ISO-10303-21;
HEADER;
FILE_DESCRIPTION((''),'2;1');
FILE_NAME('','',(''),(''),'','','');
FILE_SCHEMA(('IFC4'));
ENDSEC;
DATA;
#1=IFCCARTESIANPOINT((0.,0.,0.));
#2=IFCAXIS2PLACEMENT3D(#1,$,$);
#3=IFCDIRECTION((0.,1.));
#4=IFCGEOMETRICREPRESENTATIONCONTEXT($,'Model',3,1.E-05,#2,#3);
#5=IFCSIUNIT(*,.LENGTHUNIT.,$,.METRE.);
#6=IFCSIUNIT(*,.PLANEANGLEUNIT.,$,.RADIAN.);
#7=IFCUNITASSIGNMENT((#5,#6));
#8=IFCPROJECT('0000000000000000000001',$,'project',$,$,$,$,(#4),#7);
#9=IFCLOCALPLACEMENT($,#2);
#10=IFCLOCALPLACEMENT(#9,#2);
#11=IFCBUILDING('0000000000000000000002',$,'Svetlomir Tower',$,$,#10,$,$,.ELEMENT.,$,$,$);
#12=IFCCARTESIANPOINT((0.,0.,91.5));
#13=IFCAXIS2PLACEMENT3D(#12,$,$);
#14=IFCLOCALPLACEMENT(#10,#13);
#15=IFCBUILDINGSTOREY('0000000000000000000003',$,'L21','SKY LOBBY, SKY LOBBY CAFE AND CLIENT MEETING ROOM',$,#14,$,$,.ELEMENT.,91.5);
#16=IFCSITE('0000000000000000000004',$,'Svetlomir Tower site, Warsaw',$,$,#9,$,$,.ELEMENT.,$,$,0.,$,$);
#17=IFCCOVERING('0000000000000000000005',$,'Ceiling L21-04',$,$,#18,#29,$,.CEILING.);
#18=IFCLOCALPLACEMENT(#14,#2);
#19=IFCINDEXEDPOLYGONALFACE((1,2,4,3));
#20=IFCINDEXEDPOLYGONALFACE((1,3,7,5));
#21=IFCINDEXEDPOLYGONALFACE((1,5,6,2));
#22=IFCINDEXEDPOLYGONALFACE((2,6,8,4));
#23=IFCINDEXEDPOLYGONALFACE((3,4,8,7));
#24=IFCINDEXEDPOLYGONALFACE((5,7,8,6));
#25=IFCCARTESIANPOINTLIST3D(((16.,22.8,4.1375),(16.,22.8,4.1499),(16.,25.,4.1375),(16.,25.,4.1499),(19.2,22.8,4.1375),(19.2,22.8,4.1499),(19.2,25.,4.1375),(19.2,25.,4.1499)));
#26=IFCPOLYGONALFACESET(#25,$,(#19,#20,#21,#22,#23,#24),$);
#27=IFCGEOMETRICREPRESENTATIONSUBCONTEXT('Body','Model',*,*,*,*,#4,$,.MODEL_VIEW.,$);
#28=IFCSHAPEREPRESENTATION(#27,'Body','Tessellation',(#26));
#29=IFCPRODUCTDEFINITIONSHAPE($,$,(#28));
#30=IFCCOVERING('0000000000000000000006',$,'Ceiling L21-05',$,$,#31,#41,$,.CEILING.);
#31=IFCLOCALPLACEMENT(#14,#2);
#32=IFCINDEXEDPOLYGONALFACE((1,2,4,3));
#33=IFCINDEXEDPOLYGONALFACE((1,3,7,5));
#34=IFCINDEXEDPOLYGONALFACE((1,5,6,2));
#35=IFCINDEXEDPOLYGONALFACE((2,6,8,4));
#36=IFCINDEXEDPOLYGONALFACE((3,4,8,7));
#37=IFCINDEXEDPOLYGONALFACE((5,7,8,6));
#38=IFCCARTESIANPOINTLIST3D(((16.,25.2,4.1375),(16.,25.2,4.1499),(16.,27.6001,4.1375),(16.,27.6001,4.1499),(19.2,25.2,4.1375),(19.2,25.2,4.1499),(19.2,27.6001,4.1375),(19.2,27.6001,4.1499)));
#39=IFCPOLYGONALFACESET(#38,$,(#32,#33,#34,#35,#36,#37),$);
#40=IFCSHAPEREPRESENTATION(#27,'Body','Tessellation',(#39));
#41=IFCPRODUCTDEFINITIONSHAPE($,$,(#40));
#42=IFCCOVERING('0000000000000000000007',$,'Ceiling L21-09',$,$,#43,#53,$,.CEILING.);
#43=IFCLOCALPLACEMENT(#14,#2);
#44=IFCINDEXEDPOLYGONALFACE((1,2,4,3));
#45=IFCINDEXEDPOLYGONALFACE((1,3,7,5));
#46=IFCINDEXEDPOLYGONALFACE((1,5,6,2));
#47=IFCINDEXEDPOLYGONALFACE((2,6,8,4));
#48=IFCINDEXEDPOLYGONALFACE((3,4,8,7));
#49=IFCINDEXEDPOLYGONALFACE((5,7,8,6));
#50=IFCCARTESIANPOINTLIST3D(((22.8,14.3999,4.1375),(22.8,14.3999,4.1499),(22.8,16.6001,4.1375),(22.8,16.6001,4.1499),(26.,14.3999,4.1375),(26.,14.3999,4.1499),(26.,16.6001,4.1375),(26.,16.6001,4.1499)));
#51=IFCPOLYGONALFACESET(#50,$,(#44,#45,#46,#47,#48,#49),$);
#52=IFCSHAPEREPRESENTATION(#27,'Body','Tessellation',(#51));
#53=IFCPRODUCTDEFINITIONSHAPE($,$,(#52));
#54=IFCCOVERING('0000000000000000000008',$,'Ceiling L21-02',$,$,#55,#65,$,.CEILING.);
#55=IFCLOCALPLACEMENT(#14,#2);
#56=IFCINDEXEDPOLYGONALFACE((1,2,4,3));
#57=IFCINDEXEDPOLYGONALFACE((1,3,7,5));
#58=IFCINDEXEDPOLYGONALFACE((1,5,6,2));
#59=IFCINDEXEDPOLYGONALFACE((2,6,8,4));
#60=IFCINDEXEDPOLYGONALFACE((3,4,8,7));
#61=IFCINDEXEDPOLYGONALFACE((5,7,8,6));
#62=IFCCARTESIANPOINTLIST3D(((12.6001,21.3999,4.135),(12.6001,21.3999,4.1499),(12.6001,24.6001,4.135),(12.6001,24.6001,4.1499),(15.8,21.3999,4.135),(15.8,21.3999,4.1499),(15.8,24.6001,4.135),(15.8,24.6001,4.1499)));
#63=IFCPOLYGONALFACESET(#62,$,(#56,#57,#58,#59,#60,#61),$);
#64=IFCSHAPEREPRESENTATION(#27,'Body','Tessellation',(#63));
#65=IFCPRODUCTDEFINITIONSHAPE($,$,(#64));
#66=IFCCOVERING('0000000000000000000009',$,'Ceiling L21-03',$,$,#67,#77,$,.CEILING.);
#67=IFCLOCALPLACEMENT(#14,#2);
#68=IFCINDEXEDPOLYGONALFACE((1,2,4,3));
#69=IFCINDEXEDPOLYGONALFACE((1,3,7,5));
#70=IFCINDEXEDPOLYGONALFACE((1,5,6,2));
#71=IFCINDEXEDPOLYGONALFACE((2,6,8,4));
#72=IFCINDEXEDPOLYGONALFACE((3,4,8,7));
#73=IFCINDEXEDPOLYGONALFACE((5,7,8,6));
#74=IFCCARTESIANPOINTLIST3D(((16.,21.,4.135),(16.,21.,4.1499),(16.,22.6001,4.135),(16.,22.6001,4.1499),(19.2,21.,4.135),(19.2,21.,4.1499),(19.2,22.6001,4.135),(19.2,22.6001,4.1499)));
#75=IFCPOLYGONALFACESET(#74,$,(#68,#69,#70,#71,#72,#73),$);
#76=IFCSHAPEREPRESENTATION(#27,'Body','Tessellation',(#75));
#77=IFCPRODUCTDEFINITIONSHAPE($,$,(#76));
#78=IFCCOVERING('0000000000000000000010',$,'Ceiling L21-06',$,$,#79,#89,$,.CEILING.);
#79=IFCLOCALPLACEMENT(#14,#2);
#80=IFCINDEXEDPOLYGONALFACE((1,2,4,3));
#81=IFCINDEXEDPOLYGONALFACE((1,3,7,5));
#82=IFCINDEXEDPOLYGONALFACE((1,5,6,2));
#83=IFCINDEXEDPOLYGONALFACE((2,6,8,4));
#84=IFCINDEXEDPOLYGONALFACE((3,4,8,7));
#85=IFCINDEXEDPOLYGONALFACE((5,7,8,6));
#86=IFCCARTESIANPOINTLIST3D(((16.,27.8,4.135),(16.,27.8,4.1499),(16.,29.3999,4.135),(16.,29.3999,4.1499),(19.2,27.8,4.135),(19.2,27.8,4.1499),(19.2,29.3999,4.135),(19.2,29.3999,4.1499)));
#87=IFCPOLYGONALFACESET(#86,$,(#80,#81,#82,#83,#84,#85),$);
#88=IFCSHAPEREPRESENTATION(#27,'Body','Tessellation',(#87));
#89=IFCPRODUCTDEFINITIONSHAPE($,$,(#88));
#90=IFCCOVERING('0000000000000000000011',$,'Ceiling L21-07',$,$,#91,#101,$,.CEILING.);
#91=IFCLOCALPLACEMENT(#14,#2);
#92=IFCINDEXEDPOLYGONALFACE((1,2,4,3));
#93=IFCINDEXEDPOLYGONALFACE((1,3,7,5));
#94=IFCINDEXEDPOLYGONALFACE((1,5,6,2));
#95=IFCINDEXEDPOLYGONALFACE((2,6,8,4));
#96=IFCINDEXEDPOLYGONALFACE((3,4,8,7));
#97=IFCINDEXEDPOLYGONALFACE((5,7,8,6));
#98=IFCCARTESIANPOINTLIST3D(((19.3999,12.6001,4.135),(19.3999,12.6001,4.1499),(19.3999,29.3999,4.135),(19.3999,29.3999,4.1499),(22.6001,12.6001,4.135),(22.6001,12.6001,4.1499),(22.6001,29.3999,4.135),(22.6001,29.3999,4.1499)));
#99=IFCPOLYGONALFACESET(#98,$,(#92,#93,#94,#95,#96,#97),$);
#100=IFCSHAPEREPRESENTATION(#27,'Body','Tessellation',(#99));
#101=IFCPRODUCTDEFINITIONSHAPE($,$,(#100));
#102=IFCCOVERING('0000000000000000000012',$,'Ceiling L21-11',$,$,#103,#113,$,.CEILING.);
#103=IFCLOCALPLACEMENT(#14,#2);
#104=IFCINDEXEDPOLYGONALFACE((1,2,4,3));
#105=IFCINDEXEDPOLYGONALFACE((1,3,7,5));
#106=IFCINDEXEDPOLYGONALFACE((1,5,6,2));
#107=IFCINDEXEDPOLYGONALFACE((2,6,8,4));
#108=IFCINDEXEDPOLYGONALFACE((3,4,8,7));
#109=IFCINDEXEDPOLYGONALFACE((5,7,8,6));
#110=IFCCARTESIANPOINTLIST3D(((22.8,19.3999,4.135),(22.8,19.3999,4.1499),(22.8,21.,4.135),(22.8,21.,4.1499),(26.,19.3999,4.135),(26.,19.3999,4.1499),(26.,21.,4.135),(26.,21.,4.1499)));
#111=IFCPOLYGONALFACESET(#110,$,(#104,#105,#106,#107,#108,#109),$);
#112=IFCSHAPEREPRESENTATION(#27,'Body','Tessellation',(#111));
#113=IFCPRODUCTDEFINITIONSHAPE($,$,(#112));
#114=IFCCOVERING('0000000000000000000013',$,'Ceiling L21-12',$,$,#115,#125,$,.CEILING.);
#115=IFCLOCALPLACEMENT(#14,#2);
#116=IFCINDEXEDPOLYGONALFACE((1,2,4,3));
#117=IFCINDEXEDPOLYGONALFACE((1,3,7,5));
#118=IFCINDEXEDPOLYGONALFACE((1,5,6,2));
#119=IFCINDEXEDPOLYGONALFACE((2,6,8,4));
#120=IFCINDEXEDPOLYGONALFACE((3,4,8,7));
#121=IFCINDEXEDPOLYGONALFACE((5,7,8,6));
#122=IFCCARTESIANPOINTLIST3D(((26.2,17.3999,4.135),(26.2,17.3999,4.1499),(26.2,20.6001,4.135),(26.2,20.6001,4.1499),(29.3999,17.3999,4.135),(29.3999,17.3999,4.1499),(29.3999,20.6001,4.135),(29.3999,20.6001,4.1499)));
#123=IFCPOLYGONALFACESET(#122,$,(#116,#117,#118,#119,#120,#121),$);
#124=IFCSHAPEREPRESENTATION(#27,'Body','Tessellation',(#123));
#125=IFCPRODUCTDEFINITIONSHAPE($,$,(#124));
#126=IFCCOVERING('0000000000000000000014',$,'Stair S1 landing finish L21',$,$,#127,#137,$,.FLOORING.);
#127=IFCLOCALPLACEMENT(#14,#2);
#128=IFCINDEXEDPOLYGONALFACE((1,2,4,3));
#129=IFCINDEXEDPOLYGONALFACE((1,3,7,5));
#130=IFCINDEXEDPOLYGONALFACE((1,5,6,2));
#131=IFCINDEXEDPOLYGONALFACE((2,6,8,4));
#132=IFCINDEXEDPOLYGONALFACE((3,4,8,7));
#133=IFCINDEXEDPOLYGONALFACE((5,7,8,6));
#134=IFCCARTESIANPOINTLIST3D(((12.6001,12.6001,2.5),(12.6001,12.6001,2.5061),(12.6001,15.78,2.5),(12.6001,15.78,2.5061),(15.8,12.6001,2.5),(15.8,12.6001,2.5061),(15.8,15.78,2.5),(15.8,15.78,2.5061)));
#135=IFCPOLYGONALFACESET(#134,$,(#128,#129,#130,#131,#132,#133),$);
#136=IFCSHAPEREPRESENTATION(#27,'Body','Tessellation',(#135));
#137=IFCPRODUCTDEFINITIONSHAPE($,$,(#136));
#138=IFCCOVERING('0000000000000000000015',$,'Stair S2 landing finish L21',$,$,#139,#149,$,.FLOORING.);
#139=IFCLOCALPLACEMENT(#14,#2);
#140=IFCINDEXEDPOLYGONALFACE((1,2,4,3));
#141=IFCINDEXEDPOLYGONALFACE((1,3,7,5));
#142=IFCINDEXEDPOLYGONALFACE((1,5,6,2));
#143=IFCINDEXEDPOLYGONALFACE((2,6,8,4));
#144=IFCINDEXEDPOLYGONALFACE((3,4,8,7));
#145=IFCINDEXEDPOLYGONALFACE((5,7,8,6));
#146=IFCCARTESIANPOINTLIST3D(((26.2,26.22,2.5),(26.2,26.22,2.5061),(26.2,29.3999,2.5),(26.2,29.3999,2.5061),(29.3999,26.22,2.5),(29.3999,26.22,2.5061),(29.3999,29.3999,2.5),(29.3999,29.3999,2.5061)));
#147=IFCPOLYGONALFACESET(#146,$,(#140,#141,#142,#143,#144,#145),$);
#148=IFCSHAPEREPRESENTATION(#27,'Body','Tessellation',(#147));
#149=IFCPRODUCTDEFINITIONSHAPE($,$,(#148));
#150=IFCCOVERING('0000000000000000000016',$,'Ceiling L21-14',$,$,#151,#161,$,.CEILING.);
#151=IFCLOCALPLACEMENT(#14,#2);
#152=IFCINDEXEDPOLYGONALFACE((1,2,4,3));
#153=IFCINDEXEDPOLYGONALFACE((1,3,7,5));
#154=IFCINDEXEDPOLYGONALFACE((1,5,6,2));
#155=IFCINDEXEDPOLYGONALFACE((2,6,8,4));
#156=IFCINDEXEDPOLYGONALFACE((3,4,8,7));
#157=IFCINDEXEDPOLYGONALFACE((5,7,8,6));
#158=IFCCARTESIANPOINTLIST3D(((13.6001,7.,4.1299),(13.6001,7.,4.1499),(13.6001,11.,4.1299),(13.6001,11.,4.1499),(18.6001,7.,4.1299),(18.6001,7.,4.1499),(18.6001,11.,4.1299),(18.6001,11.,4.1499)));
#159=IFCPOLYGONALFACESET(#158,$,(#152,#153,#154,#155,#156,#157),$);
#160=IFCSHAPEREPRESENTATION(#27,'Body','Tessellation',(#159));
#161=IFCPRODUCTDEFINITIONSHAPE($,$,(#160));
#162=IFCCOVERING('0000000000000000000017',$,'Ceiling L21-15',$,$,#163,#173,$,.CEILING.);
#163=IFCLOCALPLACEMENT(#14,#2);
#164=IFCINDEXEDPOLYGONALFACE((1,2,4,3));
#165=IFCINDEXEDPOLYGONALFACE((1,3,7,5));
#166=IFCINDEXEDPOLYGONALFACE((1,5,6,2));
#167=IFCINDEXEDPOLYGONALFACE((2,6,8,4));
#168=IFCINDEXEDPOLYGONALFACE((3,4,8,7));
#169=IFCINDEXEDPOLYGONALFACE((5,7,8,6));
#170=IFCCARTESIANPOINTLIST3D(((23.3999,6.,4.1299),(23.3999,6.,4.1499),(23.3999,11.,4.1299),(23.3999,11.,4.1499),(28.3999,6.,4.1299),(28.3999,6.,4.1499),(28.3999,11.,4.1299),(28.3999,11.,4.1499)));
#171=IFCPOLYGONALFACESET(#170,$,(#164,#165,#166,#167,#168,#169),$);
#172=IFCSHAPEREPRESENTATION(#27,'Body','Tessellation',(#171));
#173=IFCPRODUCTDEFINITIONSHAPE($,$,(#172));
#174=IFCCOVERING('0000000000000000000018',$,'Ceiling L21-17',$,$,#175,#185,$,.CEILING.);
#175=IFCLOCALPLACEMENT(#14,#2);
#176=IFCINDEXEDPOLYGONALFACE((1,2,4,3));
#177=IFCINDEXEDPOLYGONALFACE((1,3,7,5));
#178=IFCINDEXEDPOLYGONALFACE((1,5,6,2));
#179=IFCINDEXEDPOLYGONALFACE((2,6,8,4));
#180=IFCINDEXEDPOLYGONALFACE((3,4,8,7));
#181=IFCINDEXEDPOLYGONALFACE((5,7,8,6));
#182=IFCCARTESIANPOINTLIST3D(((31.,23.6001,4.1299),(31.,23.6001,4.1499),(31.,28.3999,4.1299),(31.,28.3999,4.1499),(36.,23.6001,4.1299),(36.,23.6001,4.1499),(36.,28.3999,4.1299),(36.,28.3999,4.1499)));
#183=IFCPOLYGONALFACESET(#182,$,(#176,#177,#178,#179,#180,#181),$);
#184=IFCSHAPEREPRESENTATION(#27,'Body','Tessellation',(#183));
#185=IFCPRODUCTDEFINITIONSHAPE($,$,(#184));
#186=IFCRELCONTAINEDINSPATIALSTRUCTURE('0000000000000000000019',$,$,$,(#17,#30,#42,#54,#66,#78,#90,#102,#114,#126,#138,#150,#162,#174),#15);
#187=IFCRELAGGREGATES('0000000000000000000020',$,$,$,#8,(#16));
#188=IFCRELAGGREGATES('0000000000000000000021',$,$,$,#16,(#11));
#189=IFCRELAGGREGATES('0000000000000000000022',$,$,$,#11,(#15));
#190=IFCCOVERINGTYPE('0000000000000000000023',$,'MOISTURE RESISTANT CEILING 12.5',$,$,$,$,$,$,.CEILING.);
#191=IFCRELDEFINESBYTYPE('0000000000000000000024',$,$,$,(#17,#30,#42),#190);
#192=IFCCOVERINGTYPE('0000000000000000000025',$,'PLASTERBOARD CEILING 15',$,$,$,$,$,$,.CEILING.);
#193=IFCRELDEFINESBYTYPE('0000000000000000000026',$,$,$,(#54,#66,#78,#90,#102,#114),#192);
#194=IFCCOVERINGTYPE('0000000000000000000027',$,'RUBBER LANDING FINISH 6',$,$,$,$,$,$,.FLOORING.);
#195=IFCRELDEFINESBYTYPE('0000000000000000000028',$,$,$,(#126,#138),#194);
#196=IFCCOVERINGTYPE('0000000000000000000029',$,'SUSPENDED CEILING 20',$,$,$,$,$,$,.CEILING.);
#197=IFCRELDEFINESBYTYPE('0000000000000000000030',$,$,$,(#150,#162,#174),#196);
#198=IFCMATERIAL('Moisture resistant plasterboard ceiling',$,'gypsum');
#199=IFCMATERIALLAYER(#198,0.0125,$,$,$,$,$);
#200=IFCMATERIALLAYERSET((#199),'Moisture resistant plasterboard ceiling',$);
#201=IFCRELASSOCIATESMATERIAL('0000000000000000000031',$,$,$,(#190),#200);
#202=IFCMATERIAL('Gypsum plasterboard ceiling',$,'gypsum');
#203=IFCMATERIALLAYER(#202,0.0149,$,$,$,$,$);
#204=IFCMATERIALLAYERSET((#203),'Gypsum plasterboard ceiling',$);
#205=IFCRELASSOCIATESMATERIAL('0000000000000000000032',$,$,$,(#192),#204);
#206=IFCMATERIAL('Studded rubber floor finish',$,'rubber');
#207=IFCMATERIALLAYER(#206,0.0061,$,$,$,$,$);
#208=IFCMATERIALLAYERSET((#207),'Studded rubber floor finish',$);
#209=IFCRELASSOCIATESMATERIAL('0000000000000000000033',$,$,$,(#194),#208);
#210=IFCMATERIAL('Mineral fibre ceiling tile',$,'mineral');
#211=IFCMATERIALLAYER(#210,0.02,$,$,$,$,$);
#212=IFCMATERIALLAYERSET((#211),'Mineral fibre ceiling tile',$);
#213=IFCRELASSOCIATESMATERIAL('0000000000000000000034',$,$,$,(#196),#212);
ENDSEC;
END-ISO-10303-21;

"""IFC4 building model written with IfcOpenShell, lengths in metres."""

from ifc_helpers import new_model, si_unit, direction, frame, origin, place, context, subcontext, project, spatial, polyline, outline, extrude, material, layer, layer_set, type_object, element, save


model = new_model("IFC4")

# Units and contexts
model_context = context("Model", 3, precision=1e-05, world=origin(), true_north=direction((0.0, 1.0)))
body_context = subcontext(model_context, "Body", "Model", "MODEL_VIEW")
ifc_project = project(units=[si_unit("LENGTHUNIT", "METRE"), si_unit("PLANEANGLEUNIT", "RADIAN")], contexts=[model_context])

# Site, building, storey
site_placement = place(None, origin())
site = spatial("IfcSite", under=ifc_project, at=site_placement, Name="Svetlomir Tower site, Warsaw", CompositionType="ELEMENT", RefElevation=0.0)
building_placement = place(site_placement, origin())
building = spatial("IfcBuilding", under=site, at=building_placement, Name="Svetlomir Tower", CompositionType="ELEMENT")
storey_placement = place(building_placement, frame((0.0, 0.0, 91.5)))
storey = spatial("IfcBuildingStorey", under=building, at=storey_placement, Name="L21", Description="SKY LOBBY, SKY LOBBY CAFE AND CLIENT MEETING ROOM", CompositionType="ELEMENT", Elevation=91.5)

# Coverings
ifc_material_1 = material(Name="Moisture resistant plasterboard ceiling", Category="gypsum")
ifc_layer_1 = layer(ifc_material_1, 0.0125)
ifc_layer_set_1 = layer_set([ifc_layer_1], Name="Moisture resistant plasterboard ceiling")
covering_type_1 = type_object("IfcCoveringType", Name="MOISTURE RESISTANT CEILING 12.5", PredefinedType="CEILING", material=ifc_layer_set_1)
covering_1_placement = place(storey_placement, frame((0.0, 0.0, 4.1375)))
element("IfcCovering", 1, at=covering_1_placement, inside=storey, type_object=covering_type_1, Name="Ceiling L21-04", PredefinedType="CEILING", context=body_context, shape_type="SweptSolid", body=[
    extrude(outline(polyline([(16.0, 22.8), (19.2, 22.8), (19.2, 25.0), (16.0, 25.0), (16.0, 22.8)])), origin(), (0.0, 0.0, 1.0), 0.0125),
])
covering_2_placement = place(storey_placement, frame((0.0, 0.0, 4.1375)))
element("IfcCovering", 2, at=covering_2_placement, inside=storey, type_object=covering_type_1, Name="Ceiling L21-05", PredefinedType="CEILING", context=body_context, shape_type="SweptSolid", body=[
    extrude(outline(polyline([(16.0, 25.2), (19.2, 25.2), (19.2, 27.6001), (16.0, 27.6001), (16.0, 25.2)])), origin(), (0.0, 0.0, 1.0), 0.0125),
])
covering_3_placement = place(storey_placement, frame((0.0, 0.0, 4.1375)))
element("IfcCovering", 3, at=covering_3_placement, inside=storey, type_object=covering_type_1, Name="Ceiling L21-09", PredefinedType="CEILING", context=body_context, shape_type="SweptSolid", body=[
    extrude(outline(polyline([(22.8, 14.3999), (26.0, 14.3999), (26.0, 16.6001), (22.8, 16.6001), (22.8, 14.3999)])), origin(), (0.0, 0.0, 1.0), 0.0125),
])
ifc_material_2 = material(Name="Gypsum plasterboard ceiling", Category="gypsum")
ifc_layer_2 = layer(ifc_material_2, 0.0149)
ifc_layer_set_2 = layer_set([ifc_layer_2], Name="Gypsum plasterboard ceiling")
covering_type_2 = type_object("IfcCoveringType", Name="PLASTERBOARD CEILING 15", PredefinedType="CEILING", material=ifc_layer_set_2)
covering_4_placement = place(storey_placement, frame((0.0, 0.0, 4.135)))
element("IfcCovering", 4, at=covering_4_placement, inside=storey, type_object=covering_type_2, Name="Ceiling L21-02", PredefinedType="CEILING", context=body_context, shape_type="SweptSolid", body=[
    extrude(outline(polyline([(12.6001, 21.3999), (15.8, 21.3999), (15.8, 24.6001), (12.6001, 24.6001), (12.6001, 21.3999)])), origin(), (0.0, 0.0, 1.0), 0.0149),
])
covering_5_placement = place(storey_placement, frame((0.0, 0.0, 4.135)))
element("IfcCovering", 5, at=covering_5_placement, inside=storey, type_object=covering_type_2, Name="Ceiling L21-03", PredefinedType="CEILING", context=body_context, shape_type="SweptSolid", body=[
    extrude(outline(polyline([(16.0, 21.0), (19.2, 21.0), (19.2, 22.6001), (16.0, 22.6001), (16.0, 21.0)])), origin(), (0.0, 0.0, 1.0), 0.0149),
])
covering_6_placement = place(storey_placement, frame((0.0, 0.0, 4.135)))
element("IfcCovering", 6, at=covering_6_placement, inside=storey, type_object=covering_type_2, Name="Ceiling L21-06", PredefinedType="CEILING", context=body_context, shape_type="SweptSolid", body=[
    extrude(outline(polyline([(16.0, 27.8), (19.2, 27.8), (19.2, 29.3999), (16.0, 29.3999), (16.0, 27.8)])), origin(), (0.0, 0.0, 1.0), 0.0149),
])
covering_7_placement = place(storey_placement, frame((0.0, 0.0, 4.135)))
element("IfcCovering", 7, at=covering_7_placement, inside=storey, type_object=covering_type_2, Name="Ceiling L21-07", PredefinedType="CEILING", context=body_context, shape_type="SweptSolid", body=[
    extrude(outline(polyline([(19.3999, 12.6001), (22.6001, 12.6001), (22.6001, 29.3999), (19.3999, 29.3999), (19.3999, 12.6001)])), origin(), (0.0, 0.0, 1.0), 0.0149),
])
covering_8_placement = place(storey_placement, frame((0.0, 0.0, 4.135)))
element("IfcCovering", 8, at=covering_8_placement, inside=storey, type_object=covering_type_2, Name="Ceiling L21-11", PredefinedType="CEILING", context=body_context, shape_type="SweptSolid", body=[
    extrude(outline(polyline([(22.8, 19.3999), (26.0, 19.3999), (26.0, 21.0), (22.8, 21.0), (22.8, 19.3999)])), origin(), (0.0, 0.0, 1.0), 0.0149),
])
covering_9_placement = place(storey_placement, frame((0.0, 0.0, 4.135)))
element("IfcCovering", 9, at=covering_9_placement, inside=storey, type_object=covering_type_2, Name="Ceiling L21-12", PredefinedType="CEILING", context=body_context, shape_type="SweptSolid", body=[
    extrude(outline(polyline([(26.2, 17.3999), (29.3999, 17.3999), (29.3999, 20.6001), (26.2, 20.6001), (26.2, 17.3999)])), origin(), (0.0, 0.0, 1.0), 0.0149),
])
ifc_material_3 = material(Name="Studded rubber floor finish", Category="rubber")
ifc_layer_3 = layer(ifc_material_3, 0.0061)
ifc_layer_set_3 = layer_set([ifc_layer_3], Name="Studded rubber floor finish")
covering_type_3 = type_object("IfcCoveringType", Name="RUBBER LANDING FINISH 6", PredefinedType="FLOORING", material=ifc_layer_set_3)
covering_10_placement = place(storey_placement, frame((0.0, 0.0, 2.5)))
element("IfcCovering", 10, at=covering_10_placement, inside=storey, type_object=covering_type_3, Name="Stair S1 landing finish L21", PredefinedType="FLOORING", context=body_context, shape_type="SweptSolid", body=[
    extrude(outline(polyline([(12.6001, 12.6001), (15.8, 12.6001), (15.8, 15.78), (12.6001, 15.78), (12.6001, 12.6001)])), origin(), (0.0, 0.0, 1.0), 0.0061),
])
covering_11_placement = place(storey_placement, frame((0.0, 0.0, 2.5)))
element("IfcCovering", 11, at=covering_11_placement, inside=storey, type_object=covering_type_3, Name="Stair S2 landing finish L21", PredefinedType="FLOORING", context=body_context, shape_type="SweptSolid", body=[
    extrude(outline(polyline([(26.2, 26.22), (29.3999, 26.22), (29.3999, 29.3999), (26.2, 29.3999), (26.2, 26.22)])), origin(), (0.0, 0.0, 1.0), 0.0061),
])
ifc_material_4 = material(Name="Mineral fibre ceiling tile", Category="mineral")
ifc_layer_4 = layer(ifc_material_4, 0.02)
ifc_layer_set_4 = layer_set([ifc_layer_4], Name="Mineral fibre ceiling tile")
covering_type_4 = type_object("IfcCoveringType", Name="SUSPENDED CEILING 20", PredefinedType="CEILING", material=ifc_layer_set_4)
covering_12_placement = place(storey_placement, frame((0.0, 0.0, 4.1299)))
element("IfcCovering", 12, at=covering_12_placement, inside=storey, type_object=covering_type_4, Name="Ceiling L21-14", PredefinedType="CEILING", context=body_context, shape_type="SweptSolid", body=[
    extrude(outline(polyline([(13.6001, 7.0), (18.6001, 7.0), (18.6001, 11.0), (13.6001, 11.0), (13.6001, 7.0)])), origin(), (0.0, 0.0, 1.0), 0.02),
])
covering_13_placement = place(storey_placement, frame((0.0, 0.0, 4.1299)))
element("IfcCovering", 13, at=covering_13_placement, inside=storey, type_object=covering_type_4, Name="Ceiling L21-15", PredefinedType="CEILING", context=body_context, shape_type="SweptSolid", body=[
    extrude(outline(polyline([(23.3999, 6.0), (28.3999, 6.0), (28.3999, 11.0), (23.3999, 11.0), (23.3999, 6.0)])), origin(), (0.0, 0.0, 1.0), 0.02),
])
covering_14_placement = place(storey_placement, frame((0.0, 0.0, 4.1299)))
element("IfcCovering", 14, at=covering_14_placement, inside=storey, type_object=covering_type_4, Name="Ceiling L21-17", PredefinedType="CEILING", context=body_context, shape_type="SweptSolid", body=[
    extrude(outline(polyline([(31.0, 23.6001), (36.0, 23.6001), (36.0, 28.3999), (31.0, 28.3999), (31.0, 23.6001)])), origin(), (0.0, 0.0, 1.0), 0.02),
])

save(model, "model.ifc")
